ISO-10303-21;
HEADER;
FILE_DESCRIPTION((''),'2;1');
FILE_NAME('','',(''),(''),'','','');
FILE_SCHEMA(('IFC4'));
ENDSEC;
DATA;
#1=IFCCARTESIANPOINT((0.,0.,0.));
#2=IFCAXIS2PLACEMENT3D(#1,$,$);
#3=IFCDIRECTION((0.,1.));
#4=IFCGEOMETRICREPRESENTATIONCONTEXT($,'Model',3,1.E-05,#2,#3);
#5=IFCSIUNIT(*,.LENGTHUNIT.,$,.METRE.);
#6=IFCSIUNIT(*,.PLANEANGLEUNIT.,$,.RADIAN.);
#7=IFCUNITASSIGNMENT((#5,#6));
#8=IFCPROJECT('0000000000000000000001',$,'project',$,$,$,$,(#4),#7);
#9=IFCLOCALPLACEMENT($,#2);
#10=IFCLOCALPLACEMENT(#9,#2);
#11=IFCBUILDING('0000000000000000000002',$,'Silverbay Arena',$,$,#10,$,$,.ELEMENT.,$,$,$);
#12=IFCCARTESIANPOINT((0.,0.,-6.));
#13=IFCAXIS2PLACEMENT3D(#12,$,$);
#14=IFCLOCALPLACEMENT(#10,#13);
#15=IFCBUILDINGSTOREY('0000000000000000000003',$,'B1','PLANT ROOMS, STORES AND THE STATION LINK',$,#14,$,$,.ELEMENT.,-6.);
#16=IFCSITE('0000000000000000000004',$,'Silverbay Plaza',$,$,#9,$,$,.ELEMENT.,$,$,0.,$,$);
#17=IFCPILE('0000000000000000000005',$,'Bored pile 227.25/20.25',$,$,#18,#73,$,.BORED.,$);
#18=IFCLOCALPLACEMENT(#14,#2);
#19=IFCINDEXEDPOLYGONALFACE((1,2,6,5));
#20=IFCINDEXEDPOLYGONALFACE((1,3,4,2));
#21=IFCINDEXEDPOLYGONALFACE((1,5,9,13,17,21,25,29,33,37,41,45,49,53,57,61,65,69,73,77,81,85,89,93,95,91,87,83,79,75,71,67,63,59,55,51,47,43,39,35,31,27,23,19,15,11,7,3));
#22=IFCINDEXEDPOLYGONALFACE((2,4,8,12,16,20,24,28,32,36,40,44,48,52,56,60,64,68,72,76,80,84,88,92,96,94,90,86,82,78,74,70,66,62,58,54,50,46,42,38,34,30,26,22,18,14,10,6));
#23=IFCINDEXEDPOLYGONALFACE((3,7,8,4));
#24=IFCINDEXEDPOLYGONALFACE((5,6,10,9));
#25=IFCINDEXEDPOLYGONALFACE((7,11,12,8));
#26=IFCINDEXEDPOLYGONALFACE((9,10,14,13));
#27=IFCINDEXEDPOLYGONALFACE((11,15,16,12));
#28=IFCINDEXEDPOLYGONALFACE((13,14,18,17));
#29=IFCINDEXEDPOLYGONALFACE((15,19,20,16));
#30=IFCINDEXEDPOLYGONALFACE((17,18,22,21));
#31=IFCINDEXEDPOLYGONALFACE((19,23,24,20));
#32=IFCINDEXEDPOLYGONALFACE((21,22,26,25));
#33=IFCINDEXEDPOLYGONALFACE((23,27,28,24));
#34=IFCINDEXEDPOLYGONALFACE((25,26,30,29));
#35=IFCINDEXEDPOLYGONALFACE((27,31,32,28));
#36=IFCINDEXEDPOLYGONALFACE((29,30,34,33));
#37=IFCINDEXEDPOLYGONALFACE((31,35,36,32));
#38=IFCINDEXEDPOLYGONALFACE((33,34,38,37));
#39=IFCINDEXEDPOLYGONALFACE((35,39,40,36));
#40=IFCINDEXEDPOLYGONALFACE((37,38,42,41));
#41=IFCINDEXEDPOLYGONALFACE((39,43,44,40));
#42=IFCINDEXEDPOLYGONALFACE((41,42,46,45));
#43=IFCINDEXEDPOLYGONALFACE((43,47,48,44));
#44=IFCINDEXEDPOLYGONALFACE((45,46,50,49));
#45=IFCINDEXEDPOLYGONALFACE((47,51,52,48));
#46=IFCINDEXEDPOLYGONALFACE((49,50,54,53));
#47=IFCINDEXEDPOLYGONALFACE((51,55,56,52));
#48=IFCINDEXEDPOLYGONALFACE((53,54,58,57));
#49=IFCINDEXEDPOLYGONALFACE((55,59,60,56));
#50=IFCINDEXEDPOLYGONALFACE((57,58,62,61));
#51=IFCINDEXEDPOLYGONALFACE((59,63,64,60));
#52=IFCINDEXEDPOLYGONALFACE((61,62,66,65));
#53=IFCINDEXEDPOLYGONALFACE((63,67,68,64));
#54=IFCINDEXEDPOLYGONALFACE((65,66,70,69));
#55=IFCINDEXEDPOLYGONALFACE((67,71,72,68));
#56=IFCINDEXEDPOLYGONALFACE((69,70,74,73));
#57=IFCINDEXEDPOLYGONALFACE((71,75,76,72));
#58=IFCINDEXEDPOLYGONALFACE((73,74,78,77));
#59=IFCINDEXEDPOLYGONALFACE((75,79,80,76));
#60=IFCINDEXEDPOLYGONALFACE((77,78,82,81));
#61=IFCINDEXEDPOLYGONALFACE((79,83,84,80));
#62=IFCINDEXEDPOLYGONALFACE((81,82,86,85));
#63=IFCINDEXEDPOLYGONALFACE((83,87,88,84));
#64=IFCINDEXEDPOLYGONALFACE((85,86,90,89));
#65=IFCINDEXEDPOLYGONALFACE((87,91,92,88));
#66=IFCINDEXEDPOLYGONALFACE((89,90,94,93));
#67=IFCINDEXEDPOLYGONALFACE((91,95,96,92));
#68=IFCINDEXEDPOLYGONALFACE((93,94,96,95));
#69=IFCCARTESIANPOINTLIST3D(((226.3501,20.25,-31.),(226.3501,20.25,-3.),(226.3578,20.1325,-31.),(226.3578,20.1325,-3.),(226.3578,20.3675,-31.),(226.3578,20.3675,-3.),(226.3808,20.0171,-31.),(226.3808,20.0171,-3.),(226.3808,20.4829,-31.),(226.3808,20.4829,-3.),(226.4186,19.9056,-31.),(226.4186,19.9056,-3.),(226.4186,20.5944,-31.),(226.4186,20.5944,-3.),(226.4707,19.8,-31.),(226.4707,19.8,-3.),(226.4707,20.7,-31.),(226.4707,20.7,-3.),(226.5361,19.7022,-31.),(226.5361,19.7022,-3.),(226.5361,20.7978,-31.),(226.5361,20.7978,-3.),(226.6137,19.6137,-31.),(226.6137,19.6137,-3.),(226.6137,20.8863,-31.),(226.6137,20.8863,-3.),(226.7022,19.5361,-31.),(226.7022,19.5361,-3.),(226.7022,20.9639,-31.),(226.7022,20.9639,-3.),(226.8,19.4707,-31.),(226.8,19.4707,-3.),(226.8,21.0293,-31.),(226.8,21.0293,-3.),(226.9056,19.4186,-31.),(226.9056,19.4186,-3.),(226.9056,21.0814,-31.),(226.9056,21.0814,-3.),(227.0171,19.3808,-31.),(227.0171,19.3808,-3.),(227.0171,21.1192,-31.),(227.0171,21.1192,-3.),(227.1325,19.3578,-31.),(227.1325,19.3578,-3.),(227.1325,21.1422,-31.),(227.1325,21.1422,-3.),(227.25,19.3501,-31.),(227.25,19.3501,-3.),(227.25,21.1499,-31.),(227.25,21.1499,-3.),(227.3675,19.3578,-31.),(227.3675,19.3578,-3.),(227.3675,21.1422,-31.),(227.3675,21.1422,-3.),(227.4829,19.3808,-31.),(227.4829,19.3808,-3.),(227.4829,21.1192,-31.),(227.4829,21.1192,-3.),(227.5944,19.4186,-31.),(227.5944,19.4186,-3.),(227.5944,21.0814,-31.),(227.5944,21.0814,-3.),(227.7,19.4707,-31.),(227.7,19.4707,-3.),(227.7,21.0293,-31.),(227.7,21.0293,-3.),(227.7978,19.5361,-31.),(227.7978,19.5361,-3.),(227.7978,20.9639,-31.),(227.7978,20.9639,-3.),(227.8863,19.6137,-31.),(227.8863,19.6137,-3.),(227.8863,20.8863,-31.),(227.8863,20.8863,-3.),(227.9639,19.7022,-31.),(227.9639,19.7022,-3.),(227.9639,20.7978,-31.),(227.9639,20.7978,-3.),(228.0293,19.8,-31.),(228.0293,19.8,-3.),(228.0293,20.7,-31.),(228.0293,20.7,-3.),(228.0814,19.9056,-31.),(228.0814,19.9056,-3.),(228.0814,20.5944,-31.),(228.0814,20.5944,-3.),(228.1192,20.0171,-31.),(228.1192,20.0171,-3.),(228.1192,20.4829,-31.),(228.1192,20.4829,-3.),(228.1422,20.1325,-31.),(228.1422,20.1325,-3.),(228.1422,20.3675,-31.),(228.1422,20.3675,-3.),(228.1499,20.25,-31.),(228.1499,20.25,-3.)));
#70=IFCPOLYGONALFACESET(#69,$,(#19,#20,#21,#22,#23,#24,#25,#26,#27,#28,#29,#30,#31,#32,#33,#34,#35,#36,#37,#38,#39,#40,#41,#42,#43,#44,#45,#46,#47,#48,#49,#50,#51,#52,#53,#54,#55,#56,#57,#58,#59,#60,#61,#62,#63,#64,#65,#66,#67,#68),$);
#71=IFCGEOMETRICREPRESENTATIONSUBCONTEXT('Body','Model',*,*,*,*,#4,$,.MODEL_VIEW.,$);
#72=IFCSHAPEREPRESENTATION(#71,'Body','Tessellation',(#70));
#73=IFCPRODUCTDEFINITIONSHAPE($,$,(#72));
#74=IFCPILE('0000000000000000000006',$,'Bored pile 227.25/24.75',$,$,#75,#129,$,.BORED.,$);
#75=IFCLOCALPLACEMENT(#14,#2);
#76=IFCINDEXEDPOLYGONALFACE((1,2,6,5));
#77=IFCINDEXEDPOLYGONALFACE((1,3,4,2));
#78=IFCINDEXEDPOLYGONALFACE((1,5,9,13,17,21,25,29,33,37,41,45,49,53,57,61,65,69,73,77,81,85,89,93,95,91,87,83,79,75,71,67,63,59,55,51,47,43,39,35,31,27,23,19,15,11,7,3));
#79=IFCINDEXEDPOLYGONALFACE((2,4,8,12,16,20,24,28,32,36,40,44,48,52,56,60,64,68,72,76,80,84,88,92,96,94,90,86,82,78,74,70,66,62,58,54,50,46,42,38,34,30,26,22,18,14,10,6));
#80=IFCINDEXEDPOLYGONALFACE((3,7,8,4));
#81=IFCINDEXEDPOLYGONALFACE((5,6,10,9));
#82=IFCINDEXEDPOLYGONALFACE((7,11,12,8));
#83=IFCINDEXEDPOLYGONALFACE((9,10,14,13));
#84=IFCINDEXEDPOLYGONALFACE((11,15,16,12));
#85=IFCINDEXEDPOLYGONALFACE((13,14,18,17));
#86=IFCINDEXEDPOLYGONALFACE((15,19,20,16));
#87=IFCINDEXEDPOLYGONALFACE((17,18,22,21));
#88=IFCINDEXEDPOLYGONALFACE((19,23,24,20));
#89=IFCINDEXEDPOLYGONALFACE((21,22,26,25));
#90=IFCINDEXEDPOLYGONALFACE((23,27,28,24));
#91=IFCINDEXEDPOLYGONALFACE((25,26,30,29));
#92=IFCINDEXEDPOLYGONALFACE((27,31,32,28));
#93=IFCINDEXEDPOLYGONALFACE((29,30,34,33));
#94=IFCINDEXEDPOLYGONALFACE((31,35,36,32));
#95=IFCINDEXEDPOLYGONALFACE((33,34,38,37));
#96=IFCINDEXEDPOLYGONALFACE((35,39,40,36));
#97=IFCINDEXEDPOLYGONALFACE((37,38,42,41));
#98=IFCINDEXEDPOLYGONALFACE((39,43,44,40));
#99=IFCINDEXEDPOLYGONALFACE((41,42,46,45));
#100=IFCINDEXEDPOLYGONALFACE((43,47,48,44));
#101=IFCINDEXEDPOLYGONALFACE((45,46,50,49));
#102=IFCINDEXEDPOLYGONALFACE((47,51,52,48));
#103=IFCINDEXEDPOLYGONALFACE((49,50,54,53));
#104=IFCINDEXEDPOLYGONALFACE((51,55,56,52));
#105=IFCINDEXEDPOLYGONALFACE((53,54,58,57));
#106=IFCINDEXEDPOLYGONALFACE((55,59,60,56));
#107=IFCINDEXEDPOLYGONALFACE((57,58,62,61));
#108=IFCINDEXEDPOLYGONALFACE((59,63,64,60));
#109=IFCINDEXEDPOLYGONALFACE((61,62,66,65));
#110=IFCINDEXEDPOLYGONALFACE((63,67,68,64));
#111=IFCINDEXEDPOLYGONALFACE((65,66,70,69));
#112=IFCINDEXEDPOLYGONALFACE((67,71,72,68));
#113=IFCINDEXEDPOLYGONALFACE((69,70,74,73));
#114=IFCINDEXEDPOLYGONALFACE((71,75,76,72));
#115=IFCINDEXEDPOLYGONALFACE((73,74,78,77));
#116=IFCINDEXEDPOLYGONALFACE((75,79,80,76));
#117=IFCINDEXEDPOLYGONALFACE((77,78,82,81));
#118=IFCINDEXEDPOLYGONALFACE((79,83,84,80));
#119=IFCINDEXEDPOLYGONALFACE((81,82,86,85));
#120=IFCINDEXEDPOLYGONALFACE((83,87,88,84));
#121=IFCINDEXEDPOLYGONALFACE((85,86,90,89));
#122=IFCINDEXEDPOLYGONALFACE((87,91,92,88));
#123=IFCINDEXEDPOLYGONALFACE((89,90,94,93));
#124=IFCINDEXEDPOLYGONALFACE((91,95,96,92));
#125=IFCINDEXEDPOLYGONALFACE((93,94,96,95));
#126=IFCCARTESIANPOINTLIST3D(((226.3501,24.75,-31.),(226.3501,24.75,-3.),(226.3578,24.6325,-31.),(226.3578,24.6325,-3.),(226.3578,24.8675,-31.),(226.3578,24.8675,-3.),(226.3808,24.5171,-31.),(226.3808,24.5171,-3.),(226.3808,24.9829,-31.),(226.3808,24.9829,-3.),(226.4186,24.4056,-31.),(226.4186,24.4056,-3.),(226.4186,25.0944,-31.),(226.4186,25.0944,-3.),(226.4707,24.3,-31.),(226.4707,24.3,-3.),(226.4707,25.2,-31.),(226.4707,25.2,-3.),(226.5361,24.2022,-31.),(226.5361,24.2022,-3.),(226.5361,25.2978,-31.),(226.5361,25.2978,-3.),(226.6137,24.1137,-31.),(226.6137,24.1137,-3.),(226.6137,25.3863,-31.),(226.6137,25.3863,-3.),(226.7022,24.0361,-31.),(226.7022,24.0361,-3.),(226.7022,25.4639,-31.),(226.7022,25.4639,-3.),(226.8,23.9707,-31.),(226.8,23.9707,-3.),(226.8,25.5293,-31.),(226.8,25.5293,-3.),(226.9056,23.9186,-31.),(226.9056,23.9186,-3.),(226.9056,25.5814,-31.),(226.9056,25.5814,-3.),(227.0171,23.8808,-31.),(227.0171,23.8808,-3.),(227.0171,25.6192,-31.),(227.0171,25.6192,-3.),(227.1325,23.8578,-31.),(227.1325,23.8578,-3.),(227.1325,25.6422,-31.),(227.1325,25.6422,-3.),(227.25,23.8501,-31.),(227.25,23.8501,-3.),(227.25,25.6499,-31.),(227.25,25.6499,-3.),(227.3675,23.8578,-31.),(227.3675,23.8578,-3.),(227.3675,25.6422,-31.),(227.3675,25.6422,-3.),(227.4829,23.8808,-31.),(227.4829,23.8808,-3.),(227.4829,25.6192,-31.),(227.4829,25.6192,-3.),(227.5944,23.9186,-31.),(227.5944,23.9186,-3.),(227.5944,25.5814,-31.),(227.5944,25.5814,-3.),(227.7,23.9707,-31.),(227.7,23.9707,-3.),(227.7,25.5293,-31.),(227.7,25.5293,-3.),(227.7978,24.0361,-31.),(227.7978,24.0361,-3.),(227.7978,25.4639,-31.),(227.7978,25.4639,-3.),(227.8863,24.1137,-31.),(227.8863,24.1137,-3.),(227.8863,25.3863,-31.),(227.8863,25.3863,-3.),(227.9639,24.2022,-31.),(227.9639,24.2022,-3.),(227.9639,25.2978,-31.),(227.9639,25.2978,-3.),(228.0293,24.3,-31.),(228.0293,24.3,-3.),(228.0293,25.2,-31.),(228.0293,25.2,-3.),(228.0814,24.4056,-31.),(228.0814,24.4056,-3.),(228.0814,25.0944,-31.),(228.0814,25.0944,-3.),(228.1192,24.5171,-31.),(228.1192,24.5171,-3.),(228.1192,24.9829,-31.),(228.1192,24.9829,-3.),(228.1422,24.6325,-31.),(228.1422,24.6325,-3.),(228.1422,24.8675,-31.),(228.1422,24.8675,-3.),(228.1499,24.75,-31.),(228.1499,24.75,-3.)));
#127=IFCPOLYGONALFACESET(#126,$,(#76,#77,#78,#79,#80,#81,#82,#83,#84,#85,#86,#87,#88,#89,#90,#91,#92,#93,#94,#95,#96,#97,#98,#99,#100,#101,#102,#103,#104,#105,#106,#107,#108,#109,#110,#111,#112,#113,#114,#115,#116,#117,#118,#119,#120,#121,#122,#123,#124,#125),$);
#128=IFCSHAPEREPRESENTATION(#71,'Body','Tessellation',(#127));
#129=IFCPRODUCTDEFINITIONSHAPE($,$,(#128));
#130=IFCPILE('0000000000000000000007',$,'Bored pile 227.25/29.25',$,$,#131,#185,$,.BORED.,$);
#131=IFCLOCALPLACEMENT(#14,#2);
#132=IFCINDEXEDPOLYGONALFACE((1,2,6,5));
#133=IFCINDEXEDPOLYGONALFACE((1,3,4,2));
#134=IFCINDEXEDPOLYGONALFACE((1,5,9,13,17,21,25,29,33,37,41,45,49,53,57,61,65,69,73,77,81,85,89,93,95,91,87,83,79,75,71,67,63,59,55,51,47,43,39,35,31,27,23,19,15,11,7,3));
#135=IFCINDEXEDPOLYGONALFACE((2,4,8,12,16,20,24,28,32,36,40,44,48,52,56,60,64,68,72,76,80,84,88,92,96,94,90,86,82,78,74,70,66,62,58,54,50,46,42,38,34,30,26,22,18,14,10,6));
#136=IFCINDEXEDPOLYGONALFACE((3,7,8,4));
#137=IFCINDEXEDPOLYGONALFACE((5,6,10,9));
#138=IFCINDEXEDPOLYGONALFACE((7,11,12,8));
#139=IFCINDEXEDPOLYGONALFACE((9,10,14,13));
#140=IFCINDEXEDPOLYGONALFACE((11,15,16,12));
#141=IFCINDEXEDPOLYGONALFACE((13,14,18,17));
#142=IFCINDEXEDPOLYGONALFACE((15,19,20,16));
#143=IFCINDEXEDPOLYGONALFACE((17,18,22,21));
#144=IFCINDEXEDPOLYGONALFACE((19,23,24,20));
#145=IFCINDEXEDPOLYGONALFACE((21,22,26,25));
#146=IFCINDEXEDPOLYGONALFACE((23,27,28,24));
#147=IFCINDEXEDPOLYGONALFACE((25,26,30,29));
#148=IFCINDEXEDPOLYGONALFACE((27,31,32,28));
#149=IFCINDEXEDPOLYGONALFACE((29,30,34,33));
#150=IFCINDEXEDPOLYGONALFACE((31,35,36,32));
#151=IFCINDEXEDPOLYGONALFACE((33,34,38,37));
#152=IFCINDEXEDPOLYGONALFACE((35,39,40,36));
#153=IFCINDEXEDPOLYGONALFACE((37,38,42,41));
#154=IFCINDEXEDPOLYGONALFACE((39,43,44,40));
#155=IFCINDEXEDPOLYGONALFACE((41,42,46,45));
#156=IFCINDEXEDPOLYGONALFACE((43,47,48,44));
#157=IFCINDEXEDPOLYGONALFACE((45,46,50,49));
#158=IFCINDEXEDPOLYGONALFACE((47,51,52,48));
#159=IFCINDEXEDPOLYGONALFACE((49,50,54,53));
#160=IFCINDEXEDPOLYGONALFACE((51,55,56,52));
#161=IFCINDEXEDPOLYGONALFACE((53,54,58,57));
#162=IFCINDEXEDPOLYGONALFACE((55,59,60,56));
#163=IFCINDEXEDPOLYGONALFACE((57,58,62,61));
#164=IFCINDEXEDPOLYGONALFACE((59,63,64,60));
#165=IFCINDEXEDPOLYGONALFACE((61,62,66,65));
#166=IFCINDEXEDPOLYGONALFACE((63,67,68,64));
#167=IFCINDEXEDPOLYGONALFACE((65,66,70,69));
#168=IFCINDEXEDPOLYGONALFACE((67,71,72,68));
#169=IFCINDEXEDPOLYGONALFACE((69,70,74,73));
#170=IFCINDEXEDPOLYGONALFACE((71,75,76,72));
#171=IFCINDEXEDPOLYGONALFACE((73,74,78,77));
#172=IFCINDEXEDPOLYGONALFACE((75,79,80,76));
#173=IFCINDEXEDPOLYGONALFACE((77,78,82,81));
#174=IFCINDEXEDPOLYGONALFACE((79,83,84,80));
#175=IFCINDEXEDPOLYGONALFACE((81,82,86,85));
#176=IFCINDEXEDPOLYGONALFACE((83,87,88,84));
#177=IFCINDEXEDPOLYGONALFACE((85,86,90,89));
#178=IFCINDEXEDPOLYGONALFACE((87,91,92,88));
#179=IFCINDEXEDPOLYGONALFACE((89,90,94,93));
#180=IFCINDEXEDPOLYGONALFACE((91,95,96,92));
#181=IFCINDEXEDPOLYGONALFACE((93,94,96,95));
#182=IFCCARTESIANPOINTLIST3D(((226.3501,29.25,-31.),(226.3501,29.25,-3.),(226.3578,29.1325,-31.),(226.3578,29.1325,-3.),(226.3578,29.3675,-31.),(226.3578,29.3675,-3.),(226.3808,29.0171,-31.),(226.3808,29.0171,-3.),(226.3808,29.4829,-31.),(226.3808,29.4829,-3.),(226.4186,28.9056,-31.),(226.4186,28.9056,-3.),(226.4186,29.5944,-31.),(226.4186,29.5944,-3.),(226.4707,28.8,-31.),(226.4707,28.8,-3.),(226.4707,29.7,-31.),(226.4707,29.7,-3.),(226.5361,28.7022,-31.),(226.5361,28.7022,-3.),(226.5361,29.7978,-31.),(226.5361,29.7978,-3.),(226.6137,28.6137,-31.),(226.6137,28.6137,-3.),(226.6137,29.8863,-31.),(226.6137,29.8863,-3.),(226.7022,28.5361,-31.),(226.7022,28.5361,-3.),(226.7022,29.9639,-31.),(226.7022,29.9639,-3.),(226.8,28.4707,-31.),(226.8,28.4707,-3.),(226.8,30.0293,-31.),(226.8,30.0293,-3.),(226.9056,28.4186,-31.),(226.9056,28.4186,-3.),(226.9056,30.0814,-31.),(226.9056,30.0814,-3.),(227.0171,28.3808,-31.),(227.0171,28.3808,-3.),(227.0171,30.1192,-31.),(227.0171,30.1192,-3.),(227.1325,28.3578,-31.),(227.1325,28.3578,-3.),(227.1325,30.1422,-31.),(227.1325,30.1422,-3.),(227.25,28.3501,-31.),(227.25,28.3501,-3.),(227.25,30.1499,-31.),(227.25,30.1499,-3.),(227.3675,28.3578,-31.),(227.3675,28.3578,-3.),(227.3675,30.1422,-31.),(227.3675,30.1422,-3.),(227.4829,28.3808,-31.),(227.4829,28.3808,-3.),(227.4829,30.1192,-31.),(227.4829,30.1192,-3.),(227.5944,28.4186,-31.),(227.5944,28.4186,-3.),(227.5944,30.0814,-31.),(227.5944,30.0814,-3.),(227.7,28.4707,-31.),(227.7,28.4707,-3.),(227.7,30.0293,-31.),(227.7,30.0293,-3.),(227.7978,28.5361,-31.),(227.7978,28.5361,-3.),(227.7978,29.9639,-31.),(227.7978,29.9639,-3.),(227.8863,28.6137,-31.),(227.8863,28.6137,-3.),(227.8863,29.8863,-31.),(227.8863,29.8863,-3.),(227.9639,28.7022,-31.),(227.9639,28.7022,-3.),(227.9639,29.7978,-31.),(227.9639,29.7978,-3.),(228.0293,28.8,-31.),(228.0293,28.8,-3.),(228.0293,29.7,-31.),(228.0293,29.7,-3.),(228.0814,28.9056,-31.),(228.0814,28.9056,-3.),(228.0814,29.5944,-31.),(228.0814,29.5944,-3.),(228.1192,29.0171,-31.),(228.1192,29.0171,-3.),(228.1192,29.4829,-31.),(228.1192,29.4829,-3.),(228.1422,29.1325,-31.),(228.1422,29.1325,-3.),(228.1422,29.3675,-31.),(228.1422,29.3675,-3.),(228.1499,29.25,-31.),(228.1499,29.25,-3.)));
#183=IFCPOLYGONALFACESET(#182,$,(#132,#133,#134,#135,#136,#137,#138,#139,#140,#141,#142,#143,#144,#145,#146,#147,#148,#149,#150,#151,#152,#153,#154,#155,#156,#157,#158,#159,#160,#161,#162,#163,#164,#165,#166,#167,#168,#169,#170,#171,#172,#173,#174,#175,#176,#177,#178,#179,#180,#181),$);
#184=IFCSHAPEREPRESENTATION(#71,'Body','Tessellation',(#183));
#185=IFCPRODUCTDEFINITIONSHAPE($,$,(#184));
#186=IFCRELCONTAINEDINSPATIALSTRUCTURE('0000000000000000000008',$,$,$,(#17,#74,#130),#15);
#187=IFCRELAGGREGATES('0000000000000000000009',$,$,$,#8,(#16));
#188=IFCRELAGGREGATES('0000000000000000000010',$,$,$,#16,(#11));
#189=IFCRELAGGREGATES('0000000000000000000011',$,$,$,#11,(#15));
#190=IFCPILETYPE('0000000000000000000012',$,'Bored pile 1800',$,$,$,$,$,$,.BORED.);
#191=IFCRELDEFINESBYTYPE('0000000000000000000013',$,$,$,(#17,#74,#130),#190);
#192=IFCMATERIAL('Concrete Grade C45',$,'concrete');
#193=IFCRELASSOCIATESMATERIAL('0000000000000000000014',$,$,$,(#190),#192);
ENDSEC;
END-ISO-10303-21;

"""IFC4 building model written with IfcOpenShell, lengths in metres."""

from ifc_helpers import new_model, si_unit, direction, frame, origin, origin_2d, place, context, subcontext, project, spatial, circle, extrude, material, material_profile, profile_set, type_object, element, save


model = new_model("IFC4")

# Units and contexts
model_context = context("Model", 3, precision=1e-05, world=origin(), true_north=direction((0.0, 1.0)))
body_context = subcontext(model_context, "Body", "Model", "MODEL_VIEW")
ifc_project = project(units=[si_unit("LENGTHUNIT", "METRE"), si_unit("PLANEANGLEUNIT", "RADIAN")], contexts=[model_context])

# Site, building, storey
site_placement = place(None, origin())
site = spatial("IfcSite", under=ifc_project, at=site_placement, Name="Silverbay Plaza", CompositionType="ELEMENT", RefElevation=0.0)
building_placement = place(site_placement, origin())
building = spatial("IfcBuilding", under=site, at=building_placement, Name="Silverbay Arena", CompositionType="ELEMENT")
storey_placement = place(building_placement, frame((0.0, 0.0, -6.0)))
storey = spatial("IfcBuildingStorey", under=building, at=storey_placement, Name="B1", Description="PLANT ROOMS, STORES AND THE STATION LINK", CompositionType="ELEMENT", Elevation=-6.0)

# Piles
ifc_material_1 = material(Name="Concrete Grade C45", Category="concrete")
ifc_material_profile_1 = material_profile(ifc_material_1, circle(Radius=0.8999, at=origin_2d()), Name="Bored pile 1800")
ifc_profile_set_1 = profile_set([ifc_material_profile_1], Name="Concrete Grade C45")
pile_type_1 = type_object("IfcPileType", Name="Bored pile 1800", PredefinedType="BORED", material=ifc_profile_set_1)
for number, where, z_axis, x_axis, name in (
    (1, (227.25, 20.25, -3.0), (0.0, 0.0, -1.0), (1.0, 0.0, 0.0), "Bored pile 227.25/20.25"),
    (2, (227.25, 24.75, -3.0), (0.0, 0.0, -1.0), (1.0, 0.0, 0.0), "Bored pile 227.25/24.75"),
    (3, (227.25, 29.25, -3.0), (0.0, 0.0, -1.0), (1.0, 0.0, 0.0), "Bored pile 227.25/29.25"),
):
    element("IfcPile", number, at=place(storey_placement, frame(where, z_axis=z_axis, x_axis=x_axis)), inside=storey, type_object=pile_type_1, Name=name, PredefinedType="BORED", context=body_context, shape_type="SweptSolid", body=[
        extrude(circle(Radius=0.8999, at=origin_2d()), origin(), (0.0, 0.0, 1.0), 28.0),
    ])

save(model, "model.ifc")
